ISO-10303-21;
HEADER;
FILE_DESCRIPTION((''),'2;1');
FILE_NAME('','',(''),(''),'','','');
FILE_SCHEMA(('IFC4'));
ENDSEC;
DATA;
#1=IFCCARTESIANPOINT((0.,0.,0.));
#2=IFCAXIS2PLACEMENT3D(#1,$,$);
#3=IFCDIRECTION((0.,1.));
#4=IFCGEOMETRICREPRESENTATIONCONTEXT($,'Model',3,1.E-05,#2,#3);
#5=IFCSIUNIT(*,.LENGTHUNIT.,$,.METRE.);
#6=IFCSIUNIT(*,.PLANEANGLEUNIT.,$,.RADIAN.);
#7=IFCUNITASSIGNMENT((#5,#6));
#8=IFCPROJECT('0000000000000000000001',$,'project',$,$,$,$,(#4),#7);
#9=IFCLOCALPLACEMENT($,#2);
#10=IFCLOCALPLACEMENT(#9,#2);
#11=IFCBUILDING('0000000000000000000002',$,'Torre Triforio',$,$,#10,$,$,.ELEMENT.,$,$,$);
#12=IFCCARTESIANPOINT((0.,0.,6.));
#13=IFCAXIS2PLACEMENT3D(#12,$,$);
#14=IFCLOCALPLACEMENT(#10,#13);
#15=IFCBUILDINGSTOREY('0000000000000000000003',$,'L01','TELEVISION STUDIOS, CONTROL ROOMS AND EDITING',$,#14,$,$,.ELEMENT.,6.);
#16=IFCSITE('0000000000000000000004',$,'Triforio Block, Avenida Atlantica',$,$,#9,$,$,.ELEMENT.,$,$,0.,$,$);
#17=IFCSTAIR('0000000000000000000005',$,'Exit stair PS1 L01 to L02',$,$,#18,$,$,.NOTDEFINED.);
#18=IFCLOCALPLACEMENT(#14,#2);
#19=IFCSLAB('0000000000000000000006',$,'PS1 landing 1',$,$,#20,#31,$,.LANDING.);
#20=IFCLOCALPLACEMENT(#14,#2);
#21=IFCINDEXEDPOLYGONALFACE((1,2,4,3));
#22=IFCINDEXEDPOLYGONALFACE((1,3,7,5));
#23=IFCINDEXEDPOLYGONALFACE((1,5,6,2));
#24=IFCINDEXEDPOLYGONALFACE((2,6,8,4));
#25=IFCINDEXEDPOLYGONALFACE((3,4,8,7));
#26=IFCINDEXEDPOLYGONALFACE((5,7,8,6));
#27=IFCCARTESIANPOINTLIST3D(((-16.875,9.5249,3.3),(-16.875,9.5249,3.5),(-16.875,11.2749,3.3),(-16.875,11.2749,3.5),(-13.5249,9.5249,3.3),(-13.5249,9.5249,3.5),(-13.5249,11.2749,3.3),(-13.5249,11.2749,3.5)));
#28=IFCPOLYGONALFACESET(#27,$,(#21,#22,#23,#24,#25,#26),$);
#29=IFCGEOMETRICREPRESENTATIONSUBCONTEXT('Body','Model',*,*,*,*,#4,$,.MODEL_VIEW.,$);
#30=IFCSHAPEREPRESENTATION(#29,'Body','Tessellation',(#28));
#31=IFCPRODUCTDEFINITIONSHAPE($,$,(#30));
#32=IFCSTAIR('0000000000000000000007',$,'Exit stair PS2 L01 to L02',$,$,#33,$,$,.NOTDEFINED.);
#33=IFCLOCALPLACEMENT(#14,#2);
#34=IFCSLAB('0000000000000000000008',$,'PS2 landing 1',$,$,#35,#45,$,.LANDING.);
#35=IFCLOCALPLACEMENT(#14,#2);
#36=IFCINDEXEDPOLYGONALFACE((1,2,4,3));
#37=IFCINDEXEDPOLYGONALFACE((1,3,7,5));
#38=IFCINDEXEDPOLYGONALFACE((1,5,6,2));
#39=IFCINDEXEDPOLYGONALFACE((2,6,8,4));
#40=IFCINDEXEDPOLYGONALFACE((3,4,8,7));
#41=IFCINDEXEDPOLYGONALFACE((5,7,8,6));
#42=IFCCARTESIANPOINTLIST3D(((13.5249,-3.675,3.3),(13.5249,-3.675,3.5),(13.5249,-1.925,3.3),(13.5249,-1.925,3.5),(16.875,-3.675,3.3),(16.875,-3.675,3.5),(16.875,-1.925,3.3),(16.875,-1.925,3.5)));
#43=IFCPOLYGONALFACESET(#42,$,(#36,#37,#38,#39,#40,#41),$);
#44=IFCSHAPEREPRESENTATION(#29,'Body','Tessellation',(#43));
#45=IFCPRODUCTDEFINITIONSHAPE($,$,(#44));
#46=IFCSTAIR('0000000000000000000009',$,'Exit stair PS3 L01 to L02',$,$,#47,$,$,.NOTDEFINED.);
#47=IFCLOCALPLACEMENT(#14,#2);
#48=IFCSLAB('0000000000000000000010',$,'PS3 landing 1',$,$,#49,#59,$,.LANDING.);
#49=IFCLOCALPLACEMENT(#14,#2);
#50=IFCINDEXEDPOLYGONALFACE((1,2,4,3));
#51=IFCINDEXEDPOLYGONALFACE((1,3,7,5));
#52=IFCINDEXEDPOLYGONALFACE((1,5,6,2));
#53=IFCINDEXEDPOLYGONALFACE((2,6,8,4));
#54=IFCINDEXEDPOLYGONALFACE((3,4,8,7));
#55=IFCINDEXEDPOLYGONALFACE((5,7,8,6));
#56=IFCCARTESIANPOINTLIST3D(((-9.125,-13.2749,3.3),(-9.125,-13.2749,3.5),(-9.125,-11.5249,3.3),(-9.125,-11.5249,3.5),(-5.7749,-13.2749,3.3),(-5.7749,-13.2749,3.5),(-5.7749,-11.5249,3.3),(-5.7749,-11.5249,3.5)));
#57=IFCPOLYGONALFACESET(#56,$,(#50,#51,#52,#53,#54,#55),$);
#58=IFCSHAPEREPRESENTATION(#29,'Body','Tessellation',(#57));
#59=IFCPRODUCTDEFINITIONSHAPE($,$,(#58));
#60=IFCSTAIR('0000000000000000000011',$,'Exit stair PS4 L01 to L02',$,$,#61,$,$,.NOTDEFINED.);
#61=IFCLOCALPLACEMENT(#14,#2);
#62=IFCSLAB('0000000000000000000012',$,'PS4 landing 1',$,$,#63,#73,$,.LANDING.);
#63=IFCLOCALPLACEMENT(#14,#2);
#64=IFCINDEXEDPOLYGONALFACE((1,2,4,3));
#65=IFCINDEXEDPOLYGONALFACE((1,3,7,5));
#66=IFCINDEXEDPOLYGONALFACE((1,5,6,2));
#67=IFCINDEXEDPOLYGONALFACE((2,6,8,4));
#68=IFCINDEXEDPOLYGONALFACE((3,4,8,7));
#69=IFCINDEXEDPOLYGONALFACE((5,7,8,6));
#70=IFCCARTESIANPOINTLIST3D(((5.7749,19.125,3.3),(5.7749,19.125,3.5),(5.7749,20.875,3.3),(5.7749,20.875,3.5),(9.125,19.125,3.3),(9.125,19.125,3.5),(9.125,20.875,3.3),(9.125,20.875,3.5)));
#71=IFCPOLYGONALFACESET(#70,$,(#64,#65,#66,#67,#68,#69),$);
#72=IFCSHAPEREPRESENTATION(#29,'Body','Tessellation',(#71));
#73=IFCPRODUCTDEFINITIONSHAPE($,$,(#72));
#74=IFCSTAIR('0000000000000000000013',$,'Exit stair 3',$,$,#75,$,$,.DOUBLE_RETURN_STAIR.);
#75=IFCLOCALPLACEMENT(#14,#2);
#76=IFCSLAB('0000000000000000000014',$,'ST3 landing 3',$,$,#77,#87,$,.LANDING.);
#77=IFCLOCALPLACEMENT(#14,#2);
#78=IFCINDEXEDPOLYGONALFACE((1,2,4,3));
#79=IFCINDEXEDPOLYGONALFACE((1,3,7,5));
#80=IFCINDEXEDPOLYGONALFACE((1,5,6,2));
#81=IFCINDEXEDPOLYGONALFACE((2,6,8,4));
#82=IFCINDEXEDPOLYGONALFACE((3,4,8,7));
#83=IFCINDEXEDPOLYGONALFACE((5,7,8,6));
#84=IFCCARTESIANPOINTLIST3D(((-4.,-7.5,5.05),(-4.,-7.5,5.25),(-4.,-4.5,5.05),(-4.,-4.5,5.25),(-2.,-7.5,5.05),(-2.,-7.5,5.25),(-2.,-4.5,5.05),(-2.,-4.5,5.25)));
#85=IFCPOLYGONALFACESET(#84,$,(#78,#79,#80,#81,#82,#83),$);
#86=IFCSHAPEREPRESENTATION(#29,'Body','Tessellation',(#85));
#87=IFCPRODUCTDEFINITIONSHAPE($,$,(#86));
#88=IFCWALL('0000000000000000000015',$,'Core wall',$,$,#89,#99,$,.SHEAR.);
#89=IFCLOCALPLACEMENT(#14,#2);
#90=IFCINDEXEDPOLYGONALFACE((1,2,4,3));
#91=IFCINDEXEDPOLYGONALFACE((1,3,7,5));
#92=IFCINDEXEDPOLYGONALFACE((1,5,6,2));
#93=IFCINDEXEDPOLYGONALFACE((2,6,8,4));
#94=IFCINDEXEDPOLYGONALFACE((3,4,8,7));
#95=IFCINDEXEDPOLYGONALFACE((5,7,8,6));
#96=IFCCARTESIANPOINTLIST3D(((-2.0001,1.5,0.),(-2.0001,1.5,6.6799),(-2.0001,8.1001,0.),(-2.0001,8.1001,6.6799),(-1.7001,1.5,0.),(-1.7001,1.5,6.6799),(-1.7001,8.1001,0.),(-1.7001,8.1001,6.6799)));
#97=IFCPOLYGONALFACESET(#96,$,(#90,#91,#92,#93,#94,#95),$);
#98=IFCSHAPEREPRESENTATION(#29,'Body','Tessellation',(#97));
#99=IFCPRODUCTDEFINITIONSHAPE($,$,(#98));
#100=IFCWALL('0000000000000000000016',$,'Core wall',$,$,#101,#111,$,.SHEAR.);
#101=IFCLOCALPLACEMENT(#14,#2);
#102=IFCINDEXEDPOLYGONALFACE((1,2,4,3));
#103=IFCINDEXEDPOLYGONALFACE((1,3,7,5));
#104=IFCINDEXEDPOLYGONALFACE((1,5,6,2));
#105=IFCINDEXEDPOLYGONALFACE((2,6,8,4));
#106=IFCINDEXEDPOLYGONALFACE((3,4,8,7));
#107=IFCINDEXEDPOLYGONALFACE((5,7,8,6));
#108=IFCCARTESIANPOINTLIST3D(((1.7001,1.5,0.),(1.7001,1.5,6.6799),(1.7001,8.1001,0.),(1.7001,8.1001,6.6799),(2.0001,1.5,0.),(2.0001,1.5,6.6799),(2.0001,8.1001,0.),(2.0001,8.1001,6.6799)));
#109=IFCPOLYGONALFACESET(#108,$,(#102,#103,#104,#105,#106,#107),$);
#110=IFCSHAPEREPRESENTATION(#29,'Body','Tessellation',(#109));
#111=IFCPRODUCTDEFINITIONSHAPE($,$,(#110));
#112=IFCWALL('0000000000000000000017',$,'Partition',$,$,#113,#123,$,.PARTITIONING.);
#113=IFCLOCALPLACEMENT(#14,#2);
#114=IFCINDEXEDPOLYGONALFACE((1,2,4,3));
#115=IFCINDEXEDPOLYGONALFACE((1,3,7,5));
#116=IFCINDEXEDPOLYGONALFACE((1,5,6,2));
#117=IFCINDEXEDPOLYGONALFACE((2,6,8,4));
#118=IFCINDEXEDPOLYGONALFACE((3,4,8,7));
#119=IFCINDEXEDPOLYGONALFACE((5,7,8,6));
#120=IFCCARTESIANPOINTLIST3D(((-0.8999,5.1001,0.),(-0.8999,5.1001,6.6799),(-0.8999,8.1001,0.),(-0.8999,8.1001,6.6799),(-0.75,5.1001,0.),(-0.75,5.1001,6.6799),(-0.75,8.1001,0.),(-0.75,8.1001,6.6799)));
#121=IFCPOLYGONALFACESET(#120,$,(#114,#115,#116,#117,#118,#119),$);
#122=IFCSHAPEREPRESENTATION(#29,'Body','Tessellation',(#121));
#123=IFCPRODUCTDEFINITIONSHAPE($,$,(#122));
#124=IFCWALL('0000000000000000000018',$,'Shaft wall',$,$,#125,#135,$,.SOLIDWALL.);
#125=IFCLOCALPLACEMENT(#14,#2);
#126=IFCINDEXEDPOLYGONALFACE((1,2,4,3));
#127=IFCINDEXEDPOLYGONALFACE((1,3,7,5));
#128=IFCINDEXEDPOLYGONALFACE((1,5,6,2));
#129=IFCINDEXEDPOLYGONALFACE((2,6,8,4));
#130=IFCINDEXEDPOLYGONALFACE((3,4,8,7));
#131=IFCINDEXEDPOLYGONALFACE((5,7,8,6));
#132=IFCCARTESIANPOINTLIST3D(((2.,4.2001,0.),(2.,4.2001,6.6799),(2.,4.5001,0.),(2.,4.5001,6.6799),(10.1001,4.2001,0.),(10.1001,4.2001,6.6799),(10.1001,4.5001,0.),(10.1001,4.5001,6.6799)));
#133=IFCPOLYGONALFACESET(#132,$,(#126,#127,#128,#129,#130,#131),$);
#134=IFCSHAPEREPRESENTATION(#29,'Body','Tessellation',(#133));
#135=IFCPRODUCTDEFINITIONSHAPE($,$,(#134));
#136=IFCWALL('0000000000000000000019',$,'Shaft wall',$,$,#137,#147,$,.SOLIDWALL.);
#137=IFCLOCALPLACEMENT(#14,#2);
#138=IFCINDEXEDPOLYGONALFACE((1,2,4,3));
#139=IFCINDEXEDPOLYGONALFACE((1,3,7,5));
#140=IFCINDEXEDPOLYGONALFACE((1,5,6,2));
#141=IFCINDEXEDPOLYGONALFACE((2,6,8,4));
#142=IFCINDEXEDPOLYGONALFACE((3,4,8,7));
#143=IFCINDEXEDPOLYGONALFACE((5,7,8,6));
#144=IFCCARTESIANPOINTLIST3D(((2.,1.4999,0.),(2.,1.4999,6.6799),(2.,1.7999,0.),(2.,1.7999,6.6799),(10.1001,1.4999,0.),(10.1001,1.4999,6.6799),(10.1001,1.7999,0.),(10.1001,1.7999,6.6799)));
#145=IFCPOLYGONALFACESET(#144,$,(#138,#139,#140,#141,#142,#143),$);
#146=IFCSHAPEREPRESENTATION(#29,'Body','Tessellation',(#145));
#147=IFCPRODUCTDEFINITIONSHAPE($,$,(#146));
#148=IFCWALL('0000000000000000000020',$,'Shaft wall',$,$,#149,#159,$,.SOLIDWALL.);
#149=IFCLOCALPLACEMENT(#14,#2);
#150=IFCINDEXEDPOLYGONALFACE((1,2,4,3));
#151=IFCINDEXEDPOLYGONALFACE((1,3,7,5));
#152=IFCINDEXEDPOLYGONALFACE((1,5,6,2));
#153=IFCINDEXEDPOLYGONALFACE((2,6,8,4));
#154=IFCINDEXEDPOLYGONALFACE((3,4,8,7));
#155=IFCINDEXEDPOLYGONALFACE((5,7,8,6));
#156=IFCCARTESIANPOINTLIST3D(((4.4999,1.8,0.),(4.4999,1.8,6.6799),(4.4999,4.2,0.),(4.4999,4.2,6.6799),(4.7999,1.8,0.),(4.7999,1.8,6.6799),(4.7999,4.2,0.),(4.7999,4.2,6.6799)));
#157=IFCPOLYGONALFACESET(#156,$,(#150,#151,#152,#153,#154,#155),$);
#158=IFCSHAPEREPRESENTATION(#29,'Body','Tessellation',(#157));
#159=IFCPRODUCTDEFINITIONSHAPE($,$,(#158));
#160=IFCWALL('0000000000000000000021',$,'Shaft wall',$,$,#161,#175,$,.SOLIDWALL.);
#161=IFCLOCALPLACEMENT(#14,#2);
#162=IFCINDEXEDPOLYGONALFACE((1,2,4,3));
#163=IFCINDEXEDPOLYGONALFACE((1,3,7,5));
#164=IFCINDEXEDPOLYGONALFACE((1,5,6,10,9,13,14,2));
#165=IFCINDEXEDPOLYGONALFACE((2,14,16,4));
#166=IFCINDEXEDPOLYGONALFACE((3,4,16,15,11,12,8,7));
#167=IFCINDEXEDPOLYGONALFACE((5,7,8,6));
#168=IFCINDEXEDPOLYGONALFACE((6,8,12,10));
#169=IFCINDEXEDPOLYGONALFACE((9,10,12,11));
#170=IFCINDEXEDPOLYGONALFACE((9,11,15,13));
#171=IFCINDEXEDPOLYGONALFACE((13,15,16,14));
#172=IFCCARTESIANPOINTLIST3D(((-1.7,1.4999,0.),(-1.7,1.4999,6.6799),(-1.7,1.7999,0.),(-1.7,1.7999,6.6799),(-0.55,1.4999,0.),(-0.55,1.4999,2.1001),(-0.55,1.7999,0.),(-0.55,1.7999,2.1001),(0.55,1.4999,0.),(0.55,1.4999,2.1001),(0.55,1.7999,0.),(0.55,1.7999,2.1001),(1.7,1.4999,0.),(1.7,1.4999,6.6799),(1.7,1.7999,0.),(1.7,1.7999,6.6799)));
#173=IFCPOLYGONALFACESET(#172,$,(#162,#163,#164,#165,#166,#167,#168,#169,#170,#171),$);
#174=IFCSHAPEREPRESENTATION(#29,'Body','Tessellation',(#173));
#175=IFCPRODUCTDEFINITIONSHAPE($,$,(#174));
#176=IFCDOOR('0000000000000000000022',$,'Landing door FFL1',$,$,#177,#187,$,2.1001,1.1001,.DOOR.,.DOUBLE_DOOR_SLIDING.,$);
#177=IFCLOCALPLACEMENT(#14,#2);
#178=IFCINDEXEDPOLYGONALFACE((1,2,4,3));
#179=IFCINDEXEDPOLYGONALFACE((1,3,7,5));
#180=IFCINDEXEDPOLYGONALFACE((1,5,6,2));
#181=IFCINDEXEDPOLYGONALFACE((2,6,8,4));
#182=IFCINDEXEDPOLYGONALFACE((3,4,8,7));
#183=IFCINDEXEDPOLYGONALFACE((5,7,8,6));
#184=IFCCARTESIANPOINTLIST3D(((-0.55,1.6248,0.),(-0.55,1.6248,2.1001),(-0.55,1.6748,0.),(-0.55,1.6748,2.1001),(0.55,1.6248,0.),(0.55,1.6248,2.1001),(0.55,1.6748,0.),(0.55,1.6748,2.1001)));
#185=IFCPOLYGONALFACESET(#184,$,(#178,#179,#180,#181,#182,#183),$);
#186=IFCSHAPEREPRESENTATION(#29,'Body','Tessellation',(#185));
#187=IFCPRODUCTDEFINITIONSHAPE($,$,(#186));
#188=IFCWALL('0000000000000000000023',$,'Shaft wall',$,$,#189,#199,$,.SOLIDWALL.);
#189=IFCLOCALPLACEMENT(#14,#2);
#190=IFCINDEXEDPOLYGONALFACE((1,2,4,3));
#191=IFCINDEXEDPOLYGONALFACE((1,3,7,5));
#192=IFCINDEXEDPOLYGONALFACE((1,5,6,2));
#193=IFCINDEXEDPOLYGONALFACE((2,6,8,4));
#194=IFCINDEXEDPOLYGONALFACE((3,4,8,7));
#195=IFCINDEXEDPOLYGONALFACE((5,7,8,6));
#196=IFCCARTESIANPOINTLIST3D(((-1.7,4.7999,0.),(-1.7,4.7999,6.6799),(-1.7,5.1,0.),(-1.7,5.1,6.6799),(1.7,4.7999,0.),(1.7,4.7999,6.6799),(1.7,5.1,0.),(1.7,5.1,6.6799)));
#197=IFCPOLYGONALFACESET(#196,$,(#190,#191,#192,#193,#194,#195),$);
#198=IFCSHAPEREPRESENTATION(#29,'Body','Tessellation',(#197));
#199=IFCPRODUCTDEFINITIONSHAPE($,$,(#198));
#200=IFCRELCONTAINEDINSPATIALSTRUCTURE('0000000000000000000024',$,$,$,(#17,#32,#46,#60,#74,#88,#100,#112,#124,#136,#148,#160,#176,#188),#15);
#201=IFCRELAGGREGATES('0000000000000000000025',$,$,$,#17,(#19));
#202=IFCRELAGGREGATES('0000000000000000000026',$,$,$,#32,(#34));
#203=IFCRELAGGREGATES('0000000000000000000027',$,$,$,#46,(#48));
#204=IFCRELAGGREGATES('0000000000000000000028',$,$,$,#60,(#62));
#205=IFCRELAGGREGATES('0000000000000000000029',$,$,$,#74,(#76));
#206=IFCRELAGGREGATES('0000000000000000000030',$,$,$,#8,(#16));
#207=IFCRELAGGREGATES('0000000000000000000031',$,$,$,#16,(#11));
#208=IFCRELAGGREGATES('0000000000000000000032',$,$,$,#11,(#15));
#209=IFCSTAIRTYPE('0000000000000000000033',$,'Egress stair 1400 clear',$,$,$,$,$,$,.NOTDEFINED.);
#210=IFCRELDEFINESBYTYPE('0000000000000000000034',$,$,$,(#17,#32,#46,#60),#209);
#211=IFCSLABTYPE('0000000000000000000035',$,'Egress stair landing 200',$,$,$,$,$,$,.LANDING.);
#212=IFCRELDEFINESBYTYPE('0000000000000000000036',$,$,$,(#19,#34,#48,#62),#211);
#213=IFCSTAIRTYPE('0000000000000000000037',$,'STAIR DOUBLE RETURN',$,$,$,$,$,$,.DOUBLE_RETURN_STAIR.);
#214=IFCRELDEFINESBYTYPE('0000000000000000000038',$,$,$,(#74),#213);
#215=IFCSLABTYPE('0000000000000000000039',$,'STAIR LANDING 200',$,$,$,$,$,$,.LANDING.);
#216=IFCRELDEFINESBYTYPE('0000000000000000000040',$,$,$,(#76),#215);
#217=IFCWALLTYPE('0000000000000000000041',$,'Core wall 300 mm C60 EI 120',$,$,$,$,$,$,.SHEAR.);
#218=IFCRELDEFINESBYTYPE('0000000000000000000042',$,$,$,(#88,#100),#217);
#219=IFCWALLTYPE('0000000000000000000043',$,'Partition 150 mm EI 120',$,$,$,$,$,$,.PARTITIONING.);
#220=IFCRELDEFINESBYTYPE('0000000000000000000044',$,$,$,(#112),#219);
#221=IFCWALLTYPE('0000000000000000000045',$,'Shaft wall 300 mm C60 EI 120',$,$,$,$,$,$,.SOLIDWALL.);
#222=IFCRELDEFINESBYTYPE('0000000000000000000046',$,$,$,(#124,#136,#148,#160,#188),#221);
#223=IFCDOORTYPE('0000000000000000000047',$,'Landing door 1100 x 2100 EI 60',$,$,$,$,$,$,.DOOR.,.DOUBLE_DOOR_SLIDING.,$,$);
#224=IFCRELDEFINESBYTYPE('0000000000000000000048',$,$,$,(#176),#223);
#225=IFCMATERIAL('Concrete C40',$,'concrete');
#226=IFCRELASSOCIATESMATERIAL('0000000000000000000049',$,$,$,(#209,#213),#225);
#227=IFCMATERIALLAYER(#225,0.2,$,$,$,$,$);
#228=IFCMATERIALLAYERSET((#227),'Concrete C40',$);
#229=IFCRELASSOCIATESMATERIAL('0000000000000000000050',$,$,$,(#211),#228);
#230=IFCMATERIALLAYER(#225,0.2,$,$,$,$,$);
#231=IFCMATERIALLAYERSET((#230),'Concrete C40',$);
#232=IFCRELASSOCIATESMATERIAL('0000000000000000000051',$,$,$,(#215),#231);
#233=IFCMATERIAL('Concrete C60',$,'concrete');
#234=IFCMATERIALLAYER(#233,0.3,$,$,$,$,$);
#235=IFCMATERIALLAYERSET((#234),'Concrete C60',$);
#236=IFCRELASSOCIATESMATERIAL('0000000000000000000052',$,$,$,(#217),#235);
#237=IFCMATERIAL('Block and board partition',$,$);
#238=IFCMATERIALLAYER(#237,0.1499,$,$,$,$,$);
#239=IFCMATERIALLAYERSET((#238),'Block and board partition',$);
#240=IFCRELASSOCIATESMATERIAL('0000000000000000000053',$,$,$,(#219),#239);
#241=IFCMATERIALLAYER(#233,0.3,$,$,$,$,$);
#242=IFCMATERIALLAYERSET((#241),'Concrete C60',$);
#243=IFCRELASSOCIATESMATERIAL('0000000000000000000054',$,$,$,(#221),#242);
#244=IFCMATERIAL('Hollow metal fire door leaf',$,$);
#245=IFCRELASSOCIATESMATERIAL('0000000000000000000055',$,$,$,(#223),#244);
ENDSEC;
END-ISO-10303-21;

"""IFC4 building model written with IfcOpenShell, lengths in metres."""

from ifc_helpers import new_model, si_unit, direction, frame, frame_2d, origin, place, context, subcontext, project, spatial, polyline, rectangle, outline, extrude, material, layer, layer_set, type_object, element, fill, aggregate, save


model = new_model("IFC4")

# Units and contexts
model_context = context("Model", 3, precision=1e-05, world=origin(), true_north=direction((0.0, 1.0)))
body_context = subcontext(model_context, "Body", "Model", "MODEL_VIEW")
ifc_project = project(units=[si_unit("LENGTHUNIT", "METRE"), si_unit("PLANEANGLEUNIT", "RADIAN")], contexts=[model_context])

# Site, building, storey
site_placement = place(None, origin())
site = spatial("IfcSite", under=ifc_project, at=site_placement, Name="Triforio Block, Avenida Atlantica", CompositionType="ELEMENT", RefElevation=0.0)
building_placement = place(site_placement, origin())
building = spatial("IfcBuilding", under=site, at=building_placement, Name="Torre Triforio", CompositionType="ELEMENT")
storey_placement = place(building_placement, frame((0.0, 0.0, 6.0)))
storey = spatial("IfcBuildingStorey", under=building, at=storey_placement, Name="L01", Description="TELEVISION STUDIOS, CONTROL ROOMS AND EDITING", CompositionType="ELEMENT", Elevation=6.0)

# Stairs, slabs
ifc_material_1 = material(Name="Concrete C40", Category="concrete")
stair_type_1 = type_object("IfcStairType", Name="Egress stair 1400 clear", PredefinedType="NOTDEFINED", material=ifc_material_1)
stair_1_placement = place(storey_placement, origin())
stair_1 = element("IfcStair", 1, at=stair_1_placement, inside=storey, type_object=stair_type_1, Name="Exit stair PS1 L01 to L02", PredefinedType="NOTDEFINED")
ifc_layer_1 = layer(ifc_material_1, 0.2)
ifc_layer_set_1 = layer_set([ifc_layer_1], Name="Concrete C40")
slab_type_1 = type_object("IfcSlabType", Name="Egress stair landing 200", PredefinedType="LANDING", material=ifc_layer_set_1)
slab_1_placement = place(storey_placement, frame((0.0, 0.0, 3.3)))
slab_1 = element("IfcSlab", 2, at=slab_1_placement, type_object=slab_type_1, Name="PS1 landing 1", PredefinedType="LANDING", context=body_context, shape_type="SweptSolid", body=[
    extrude(outline(polyline([(-16.875, 9.5249), (-13.5249, 9.5249), (-13.5249, 11.2749), (-16.875, 11.2749), (-16.875, 9.5249)])), origin(), (0.0, 0.0, 1.0), 0.2),
])
aggregate(stair_1, [slab_1])
stair_2_placement = place(storey_placement, origin())
stair_2 = element("IfcStair", 3, at=stair_2_placement, inside=storey, type_object=stair_type_1, Name="Exit stair PS2 L01 to L02", PredefinedType="NOTDEFINED")
slab_2_placement = place(storey_placement, frame((0.0, 0.0, 3.3)))
slab_2 = element("IfcSlab", 4, at=slab_2_placement, type_object=slab_type_1, Name="PS2 landing 1", PredefinedType="LANDING", context=body_context, shape_type="SweptSolid", body=[
    extrude(outline(polyline([(13.5249, -3.675), (16.875, -3.675), (16.875, -1.925), (13.5249, -1.925), (13.5249, -3.675)])), origin(), (0.0, 0.0, 1.0), 0.2),
])
aggregate(stair_2, [slab_2])
stair_3_placement = place(storey_placement, origin())
stair_3 = element("IfcStair", 5, at=stair_3_placement, inside=storey, type_object=stair_type_1, Name="Exit stair PS3 L01 to L02", PredefinedType="NOTDEFINED")
slab_3_placement = place(storey_placement, frame((0.0, 0.0, 3.3)))
slab_3 = element("IfcSlab", 6, at=slab_3_placement, type_object=slab_type_1, Name="PS3 landing 1", PredefinedType="LANDING", context=body_context, shape_type="SweptSolid", body=[
    extrude(outline(polyline([(-9.125, -13.2749), (-5.7749, -13.2749), (-5.7749, -11.5249), (-9.125, -11.5249), (-9.125, -13.2749)])), origin(), (0.0, 0.0, 1.0), 0.2),
])
aggregate(stair_3, [slab_3])
stair_4_placement = place(storey_placement, origin())
stair_4 = element("IfcStair", 7, at=stair_4_placement, inside=storey, type_object=stair_type_1, Name="Exit stair PS4 L01 to L02", PredefinedType="NOTDEFINED")
slab_4_placement = place(storey_placement, frame((0.0, 0.0, 3.3)))
slab_4 = element("IfcSlab", 8, at=slab_4_placement, type_object=slab_type_1, Name="PS4 landing 1", PredefinedType="LANDING", context=body_context, shape_type="SweptSolid", body=[
    extrude(outline(polyline([(5.7749, 19.125), (9.125, 19.125), (9.125, 20.875), (5.7749, 20.875), (5.7749, 19.125)])), origin(), (0.0, 0.0, 1.0), 0.2),
])
aggregate(stair_4, [slab_4])
stair_type_2 = type_object("IfcStairType", Name="STAIR DOUBLE RETURN", PredefinedType="DOUBLE_RETURN_STAIR", material=ifc_material_1)
stair_5_placement = place(storey_placement, origin())
stair_5 = element("IfcStair", 9, at=stair_5_placement, inside=storey, type_object=stair_type_2, Name="Exit stair 3", PredefinedType="DOUBLE_RETURN_STAIR")
ifc_layer_2 = layer(ifc_material_1, 0.2)
ifc_layer_set_2 = layer_set([ifc_layer_2], Name="Concrete C40")
slab_type_2 = type_object("IfcSlabType", Name="STAIR LANDING 200", PredefinedType="LANDING", material=ifc_layer_set_2)
slab_5_placement = place(storey_placement, frame((0.0, 0.0, 5.05)))
slab_5 = element("IfcSlab", 10, at=slab_5_placement, type_object=slab_type_2, Name="ST3 landing 3", PredefinedType="LANDING", context=body_context, shape_type="SweptSolid", body=[
    extrude(outline(polyline([(-2.0, -7.5), (-2.0, -4.5), (-4.0, -4.5), (-4.0, -7.5), (-2.0, -7.5)])), origin(), (0.0, 0.0, 1.0), 0.2),
])
aggregate(stair_5, [slab_5])

# Walls
ifc_material_2 = material(Name="Concrete C60", Category="concrete")
ifc_layer_3 = layer(ifc_material_2, 0.3)
ifc_layer_set_3 = layer_set([ifc_layer_3], Name="Concrete C60")
wall_type_1 = type_object("IfcWallType", Name="Core wall 300 mm C60 EI 120", PredefinedType="SHEAR", material=ifc_layer_set_3)
for number, where, z_axis, x_axis, name in (
    (11, (-1.8501, 1.5, 0.0), (0.0, 0.0, 1.0), (0.0, 1.0, 0.0), "Core wall"),
    (12, (1.8501, 1.5, 0.0), (0.0, 0.0, 1.0), (0.0, 1.0, 0.0), "Core wall"),
):
    element("IfcWall", number, at=place(storey_placement, frame(where, z_axis=z_axis, x_axis=x_axis)), inside=storey, type_object=wall_type_1, Name=name, PredefinedType="SHEAR", context=body_context, shape_type="SweptSolid", body=[
        extrude(rectangle(XDim=6.6001, YDim=0.3, at=frame_2d((3.3, 0.0))), origin(), (0.0, 0.0, 1.0), 6.6799),
    ])
ifc_material_3 = material(Name="Block and board partition")
ifc_layer_4 = layer(ifc_material_3, 0.1499)
ifc_layer_set_4 = layer_set([ifc_layer_4], Name="Block and board partition")
wall_type_2 = type_object("IfcWallType", Name="Partition 150 mm EI 120", PredefinedType="PARTITIONING", material=ifc_layer_set_4)
wall_1_placement = place(storey_placement, frame((-0.825, 5.1001, 0.0), z_axis=(0.0, 0.0, 1.0), x_axis=(0.0, 1.0, 0.0)))
element("IfcWall", 13, at=wall_1_placement, inside=storey, type_object=wall_type_2, Name="Partition", PredefinedType="PARTITIONING", context=body_context, shape_type="SweptSolid", body=[
    extrude(rectangle(XDim=3.0, YDim=0.1499, at=frame_2d((1.5, 0.0))), origin(), (0.0, 0.0, 1.0), 6.6799),
])
ifc_layer_5 = layer(ifc_material_2, 0.3)
ifc_layer_set_5 = layer_set([ifc_layer_5], Name="Concrete C60")
wall_type_3 = type_object("IfcWallType", Name="Shaft wall 300 mm C60 EI 120", PredefinedType="SOLIDWALL", material=ifc_layer_set_5)
for number, where, z_axis, x_axis, name in (
    (14, (2.0, 4.3501, 0.0), (0.0, 0.0, 1.0), (1.0, 0.0, 0.0), "Shaft wall"),
    (15, (2.0, 1.6499, 0.0), (0.0, 0.0, 1.0), (1.0, 0.0, 0.0), "Shaft wall"),
):
    element("IfcWall", number, at=place(storey_placement, frame(where, z_axis=z_axis, x_axis=x_axis)), inside=storey, type_object=wall_type_3, Name=name, PredefinedType="SOLIDWALL", context=body_context, shape_type="SweptSolid", body=[
        extrude(rectangle(XDim=8.1001, YDim=0.3, at=frame_2d((4.05, 0.0))), origin(), (0.0, 0.0, 1.0), 6.6799),
    ])
wall_2_placement = place(storey_placement, frame((4.6499, 1.8, 0.0), z_axis=(0.0, 0.0, 1.0), x_axis=(0.0, 1.0, 0.0)))
element("IfcWall", 16, at=wall_2_placement, inside=storey, type_object=wall_type_3, Name="Shaft wall", PredefinedType="SOLIDWALL", context=body_context, shape_type="SweptSolid", body=[
    extrude(rectangle(XDim=2.3999, YDim=0.3, at=frame_2d((1.2, 0.0))), origin(), (0.0, 0.0, 1.0), 6.6799),
])

# Wall, opening, door
wall_3_placement = place(storey_placement, frame((-1.7, 1.6499, 0.0), z_axis=(0.0, 0.0, 1.0), x_axis=(1.0, 0.0, 0.0)))
wall_3 = element("IfcWall", 17, at=wall_3_placement, inside=storey, type_object=wall_type_3, Name="Shaft wall", PredefinedType="SOLIDWALL", context=body_context, shape_type="SweptSolid", body=[
    extrude(rectangle(XDim=3.3999, YDim=0.3, at=frame_2d((1.7, 0.0))), origin(), (0.0, 0.0, 1.0), 6.6799),
])
opening_placement = place(wall_3_placement, frame((1.1499, 0.0, 0.0)))
opening = element("IfcOpeningElement", 18, at=opening_placement, cuts=wall_3, PredefinedType="OPENING", context=body_context, shape_type="SweptSolid", body=[
    extrude(rectangle(XDim=1.1001, YDim=2.1001, at=frame_2d((0.55, 1.05))), frame((0.0, 0.1599, 0.0), z_axis=(0.0, -1.0, 0.0), x_axis=(1.0, 0.0, 0.0)), (0.0, 0.0, 1.0), 0.3201),
])
ifc_material_4 = material(Name="Hollow metal fire door leaf")
door_type = type_object("IfcDoorType", Name="Landing door 1100 x 2100 EI 60", OperationType="DOUBLE_DOOR_SLIDING", PredefinedType="DOOR", material=ifc_material_4)
door_placement = place(opening_placement, origin())
door = element("IfcDoor", 19, at=door_placement, inside=storey, type_object=door_type, Name="Landing door FFL1", OperationType="DOUBLE_DOOR_SLIDING", OverallHeight=2.1001, OverallWidth=1.1001, PredefinedType="DOOR", context=body_context, shape_type="SweptSolid", body=[
    extrude(rectangle(XDim=1.1001, YDim=2.1001, at=frame_2d((0.55, 1.05))), frame((0.0, 0.0249, 0.0), z_axis=(0.0, -1.0, 0.0), x_axis=(1.0, 0.0, 0.0)), (0.0, 0.0, 1.0), 0.05),
])
fill(opening, door)

# Wall
wall_4_placement = place(storey_placement, frame((-1.7, 4.95, 0.0), z_axis=(0.0, 0.0, 1.0), x_axis=(1.0, 0.0, 0.0)))
element("IfcWall", 20, at=wall_4_placement, inside=storey, type_object=wall_type_3, Name="Shaft wall", PredefinedType="SOLIDWALL", context=body_context, shape_type="SweptSolid", body=[
    extrude(rectangle(XDim=3.3999, YDim=0.3, at=frame_2d((1.7, 0.0))), origin(), (0.0, 0.0, 1.0), 6.6799),
])

save(model, "model.ifc")
